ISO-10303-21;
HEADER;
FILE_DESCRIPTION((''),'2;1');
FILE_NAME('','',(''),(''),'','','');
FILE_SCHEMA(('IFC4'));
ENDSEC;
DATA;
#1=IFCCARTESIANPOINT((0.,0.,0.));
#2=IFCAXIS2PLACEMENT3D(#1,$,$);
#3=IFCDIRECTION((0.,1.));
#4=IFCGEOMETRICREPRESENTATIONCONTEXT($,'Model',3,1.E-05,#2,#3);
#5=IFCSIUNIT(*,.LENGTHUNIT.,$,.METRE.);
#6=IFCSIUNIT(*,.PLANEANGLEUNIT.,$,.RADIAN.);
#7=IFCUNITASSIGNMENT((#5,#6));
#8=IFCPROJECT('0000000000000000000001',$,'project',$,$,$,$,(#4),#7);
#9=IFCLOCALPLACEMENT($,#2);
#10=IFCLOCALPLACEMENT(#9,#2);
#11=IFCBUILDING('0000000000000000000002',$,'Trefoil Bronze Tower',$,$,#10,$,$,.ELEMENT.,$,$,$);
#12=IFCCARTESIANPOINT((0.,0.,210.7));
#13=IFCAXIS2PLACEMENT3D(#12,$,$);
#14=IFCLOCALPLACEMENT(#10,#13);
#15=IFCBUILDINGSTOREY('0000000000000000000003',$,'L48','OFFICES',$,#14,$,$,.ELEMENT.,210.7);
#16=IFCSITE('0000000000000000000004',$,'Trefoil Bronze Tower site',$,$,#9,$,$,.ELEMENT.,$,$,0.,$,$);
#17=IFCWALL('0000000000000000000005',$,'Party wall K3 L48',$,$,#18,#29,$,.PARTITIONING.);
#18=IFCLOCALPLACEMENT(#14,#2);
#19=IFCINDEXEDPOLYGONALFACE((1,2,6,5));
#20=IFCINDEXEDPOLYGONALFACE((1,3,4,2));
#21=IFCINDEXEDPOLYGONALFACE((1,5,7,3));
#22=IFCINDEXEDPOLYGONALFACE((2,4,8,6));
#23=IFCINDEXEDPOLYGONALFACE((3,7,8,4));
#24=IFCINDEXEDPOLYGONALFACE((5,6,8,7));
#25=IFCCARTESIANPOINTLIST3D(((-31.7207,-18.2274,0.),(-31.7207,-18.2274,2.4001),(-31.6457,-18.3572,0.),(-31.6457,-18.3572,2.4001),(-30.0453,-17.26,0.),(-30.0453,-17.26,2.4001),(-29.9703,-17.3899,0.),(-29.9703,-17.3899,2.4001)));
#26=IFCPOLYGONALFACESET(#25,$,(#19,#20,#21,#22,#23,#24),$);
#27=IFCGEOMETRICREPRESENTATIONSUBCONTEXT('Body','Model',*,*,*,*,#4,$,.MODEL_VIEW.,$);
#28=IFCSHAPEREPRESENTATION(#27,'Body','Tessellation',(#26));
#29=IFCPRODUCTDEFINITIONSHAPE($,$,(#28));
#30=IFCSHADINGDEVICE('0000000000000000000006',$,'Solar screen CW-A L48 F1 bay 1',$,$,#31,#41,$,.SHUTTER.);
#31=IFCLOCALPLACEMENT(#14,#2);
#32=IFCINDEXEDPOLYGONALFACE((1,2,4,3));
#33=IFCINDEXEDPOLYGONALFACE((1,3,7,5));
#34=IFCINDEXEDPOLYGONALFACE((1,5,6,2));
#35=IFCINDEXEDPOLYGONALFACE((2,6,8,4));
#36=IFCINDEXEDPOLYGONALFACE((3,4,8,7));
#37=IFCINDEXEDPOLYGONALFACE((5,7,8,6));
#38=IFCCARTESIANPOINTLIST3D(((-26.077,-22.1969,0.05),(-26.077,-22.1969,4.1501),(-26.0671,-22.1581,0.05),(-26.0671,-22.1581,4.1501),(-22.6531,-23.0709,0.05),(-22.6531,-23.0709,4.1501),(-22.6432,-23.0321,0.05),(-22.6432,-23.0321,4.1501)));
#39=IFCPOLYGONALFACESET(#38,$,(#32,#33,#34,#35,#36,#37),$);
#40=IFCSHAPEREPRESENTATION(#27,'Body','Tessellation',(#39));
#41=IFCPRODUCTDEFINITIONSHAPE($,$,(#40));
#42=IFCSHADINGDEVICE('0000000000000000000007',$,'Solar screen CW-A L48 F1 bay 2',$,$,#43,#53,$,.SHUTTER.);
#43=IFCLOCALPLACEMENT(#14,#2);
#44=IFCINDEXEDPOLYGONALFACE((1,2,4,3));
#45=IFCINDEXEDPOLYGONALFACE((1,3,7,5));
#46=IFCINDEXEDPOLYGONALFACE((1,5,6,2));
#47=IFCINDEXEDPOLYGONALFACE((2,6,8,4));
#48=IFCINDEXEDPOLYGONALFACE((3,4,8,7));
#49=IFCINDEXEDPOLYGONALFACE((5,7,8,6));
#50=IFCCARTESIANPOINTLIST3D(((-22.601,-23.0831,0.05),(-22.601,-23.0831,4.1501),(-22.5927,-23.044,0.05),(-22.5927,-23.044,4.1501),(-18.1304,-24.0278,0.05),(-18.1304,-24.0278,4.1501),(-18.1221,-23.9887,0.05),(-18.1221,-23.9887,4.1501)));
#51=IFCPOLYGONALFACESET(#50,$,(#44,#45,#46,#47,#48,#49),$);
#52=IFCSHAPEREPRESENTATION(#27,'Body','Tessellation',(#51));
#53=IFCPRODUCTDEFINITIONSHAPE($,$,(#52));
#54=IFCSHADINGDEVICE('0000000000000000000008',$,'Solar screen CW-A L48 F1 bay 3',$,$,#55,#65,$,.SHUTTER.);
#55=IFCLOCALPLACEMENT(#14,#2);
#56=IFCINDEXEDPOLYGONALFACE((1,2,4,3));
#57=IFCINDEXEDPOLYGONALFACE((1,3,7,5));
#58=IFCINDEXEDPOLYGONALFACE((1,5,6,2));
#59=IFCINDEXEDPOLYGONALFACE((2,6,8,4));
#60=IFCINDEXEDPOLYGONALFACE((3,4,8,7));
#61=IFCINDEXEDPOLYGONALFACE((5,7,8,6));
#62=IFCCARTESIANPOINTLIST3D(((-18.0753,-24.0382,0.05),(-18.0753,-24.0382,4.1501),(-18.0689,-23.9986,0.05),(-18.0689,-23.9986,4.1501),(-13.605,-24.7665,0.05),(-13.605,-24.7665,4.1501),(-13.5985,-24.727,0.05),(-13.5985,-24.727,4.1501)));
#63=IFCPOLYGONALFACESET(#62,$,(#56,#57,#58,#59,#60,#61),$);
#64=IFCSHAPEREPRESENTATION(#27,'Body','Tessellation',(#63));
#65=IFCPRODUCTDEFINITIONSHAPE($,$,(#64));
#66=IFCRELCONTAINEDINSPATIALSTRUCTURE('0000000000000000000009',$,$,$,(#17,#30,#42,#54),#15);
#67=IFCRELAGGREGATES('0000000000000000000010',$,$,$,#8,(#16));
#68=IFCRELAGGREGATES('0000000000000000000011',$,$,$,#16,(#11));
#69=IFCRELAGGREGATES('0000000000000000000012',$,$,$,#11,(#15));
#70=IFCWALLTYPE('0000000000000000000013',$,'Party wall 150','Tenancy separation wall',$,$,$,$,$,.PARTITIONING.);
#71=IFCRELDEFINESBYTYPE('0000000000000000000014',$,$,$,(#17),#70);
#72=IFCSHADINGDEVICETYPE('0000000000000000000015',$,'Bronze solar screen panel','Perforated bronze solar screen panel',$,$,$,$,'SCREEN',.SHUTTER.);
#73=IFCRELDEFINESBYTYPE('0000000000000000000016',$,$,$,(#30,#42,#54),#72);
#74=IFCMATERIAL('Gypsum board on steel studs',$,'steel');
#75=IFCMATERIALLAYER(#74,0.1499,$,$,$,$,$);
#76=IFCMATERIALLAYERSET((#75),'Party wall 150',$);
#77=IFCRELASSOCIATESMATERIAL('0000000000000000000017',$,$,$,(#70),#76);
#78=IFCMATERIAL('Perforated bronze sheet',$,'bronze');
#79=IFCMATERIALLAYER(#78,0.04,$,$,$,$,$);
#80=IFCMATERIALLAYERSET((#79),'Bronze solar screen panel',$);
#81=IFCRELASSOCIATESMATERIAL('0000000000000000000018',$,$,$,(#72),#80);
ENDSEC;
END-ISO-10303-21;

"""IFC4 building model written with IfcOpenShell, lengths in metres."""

from ifc_helpers import new_model, si_unit, direction, frame, frame_2d, origin, origin_2d, place, context, subcontext, project, spatial, rectangle, extrude, material, layer, layer_set, type_object, element, save


model = new_model("IFC4")

# Units and contexts
model_context = context("Model", 3, precision=1e-05, world=origin(), true_north=direction((0.0, 1.0)))
body_context = subcontext(model_context, "Body", "Model", "MODEL_VIEW")
ifc_project = project(units=[si_unit("LENGTHUNIT", "METRE"), si_unit("PLANEANGLEUNIT", "RADIAN")], contexts=[model_context])

# Site, building, storey
site_placement = place(None, origin())
site = spatial("IfcSite", under=ifc_project, at=site_placement, Name="Trefoil Bronze Tower site", CompositionType="ELEMENT", RefElevation=0.0)
building_placement = place(site_placement, origin())
building = spatial("IfcBuilding", under=site, at=building_placement, Name="Trefoil Bronze Tower", CompositionType="ELEMENT")
storey_placement = place(building_placement, frame((0.0, 0.0, 210.7)))
storey = spatial("IfcBuildingStorey", under=building, at=storey_placement, Name="L48", Description="OFFICES", CompositionType="ELEMENT", Elevation=210.7)

# Wall
ifc_material_1 = material(Name="Gypsum board on steel studs", Category="steel")
ifc_layer_1 = layer(ifc_material_1, 0.1499)
ifc_layer_set_1 = layer_set([ifc_layer_1], Name="Party wall 150")
wall_type_1 = type_object("IfcWallType", Name="Party wall 150", Description="Tenancy separation wall", PredefinedType="PARTITIONING", material=ifc_layer_set_1)
wall_1_placement = place(storey_placement, frame((-30.0078, -17.325, 0.0), z_axis=(0.0, 0.0, 1.0), x_axis=(-0.866013, -0.500021, 0.0)))
element("IfcWall", 1, at=wall_1_placement, inside=storey, type_object=wall_type_1, Name="Party wall K3 L48", PredefinedType="PARTITIONING", context=body_context, shape_type="SweptSolid", body=[
    extrude(rectangle(XDim=1.9346, YDim=0.1499, at=frame_2d((0.9673, 0.0))), origin(), (0.0, 0.0, 1.0), 2.4001),
])

# Shading devices
ifc_material_2 = material(Name="Perforated bronze sheet", Category="bronze")
ifc_layer_2 = layer(ifc_material_2, 0.04)
ifc_layer_set_2 = layer_set([ifc_layer_2], Name="Bronze solar screen panel")
shading_device_type = type_object("IfcShadingDeviceType", Name="Bronze solar screen panel", Description="Perforated bronze solar screen panel", ElementType="SCREEN", PredefinedType="SHUTTER", material=ifc_layer_set_2)
shading_device_1_placement = place(storey_placement, frame((-24.3601, -22.6145, 0.05), z_axis=(0.0, 0.0, 1.0), x_axis=(0.968934, -0.247319, 0.0)))
element("IfcShadingDevice", 2, at=shading_device_1_placement, inside=storey, type_object=shading_device_type, Name="Solar screen CW-A L48 F1 bay 1", PredefinedType="SHUTTER", context=body_context, shape_type="SweptSolid", body=[
    extrude(rectangle(XDim=3.5337, YDim=0.04, at=origin_2d()), origin(), (0.0, 0.0, 1.0), 4.1001),
])
shading_device_2_placement = place(storey_placement, frame((-20.3616, -23.5359, 0.05), z_axis=(0.0, 0.0, 1.0), x_axis=(0.978394, -0.206747, 0.0)))
element("IfcShadingDevice", 3, at=shading_device_2_placement, inside=storey, type_object=shading_device_type, Name="Solar screen CW-A L48 F1 bay 2", PredefinedType="SHUTTER", context=body_context, shape_type="SweptSolid", body=[
    extrude(rectangle(XDim=4.5693, YDim=0.04, at=origin_2d()), origin(), (0.0, 0.0, 1.0), 4.1001),
])
shading_device_3_placement = place(storey_placement, frame((-15.8369, -24.3826, 0.05), z_axis=(0.0, 0.0, 1.0), x_axis=(0.986987, -0.160803, 0.0)))
element("IfcShadingDevice", 4, at=shading_device_3_placement, inside=storey, type_object=shading_device_type, Name="Solar screen CW-A L48 F1 bay 3", PredefinedType="SHUTTER", context=body_context, shape_type="SweptSolid", body=[
    extrude(rectangle(XDim=4.5293, YDim=0.04, at=origin_2d()), origin(), (0.0, 0.0, 1.0), 4.1001),
])

save(model, "model.ifc")
